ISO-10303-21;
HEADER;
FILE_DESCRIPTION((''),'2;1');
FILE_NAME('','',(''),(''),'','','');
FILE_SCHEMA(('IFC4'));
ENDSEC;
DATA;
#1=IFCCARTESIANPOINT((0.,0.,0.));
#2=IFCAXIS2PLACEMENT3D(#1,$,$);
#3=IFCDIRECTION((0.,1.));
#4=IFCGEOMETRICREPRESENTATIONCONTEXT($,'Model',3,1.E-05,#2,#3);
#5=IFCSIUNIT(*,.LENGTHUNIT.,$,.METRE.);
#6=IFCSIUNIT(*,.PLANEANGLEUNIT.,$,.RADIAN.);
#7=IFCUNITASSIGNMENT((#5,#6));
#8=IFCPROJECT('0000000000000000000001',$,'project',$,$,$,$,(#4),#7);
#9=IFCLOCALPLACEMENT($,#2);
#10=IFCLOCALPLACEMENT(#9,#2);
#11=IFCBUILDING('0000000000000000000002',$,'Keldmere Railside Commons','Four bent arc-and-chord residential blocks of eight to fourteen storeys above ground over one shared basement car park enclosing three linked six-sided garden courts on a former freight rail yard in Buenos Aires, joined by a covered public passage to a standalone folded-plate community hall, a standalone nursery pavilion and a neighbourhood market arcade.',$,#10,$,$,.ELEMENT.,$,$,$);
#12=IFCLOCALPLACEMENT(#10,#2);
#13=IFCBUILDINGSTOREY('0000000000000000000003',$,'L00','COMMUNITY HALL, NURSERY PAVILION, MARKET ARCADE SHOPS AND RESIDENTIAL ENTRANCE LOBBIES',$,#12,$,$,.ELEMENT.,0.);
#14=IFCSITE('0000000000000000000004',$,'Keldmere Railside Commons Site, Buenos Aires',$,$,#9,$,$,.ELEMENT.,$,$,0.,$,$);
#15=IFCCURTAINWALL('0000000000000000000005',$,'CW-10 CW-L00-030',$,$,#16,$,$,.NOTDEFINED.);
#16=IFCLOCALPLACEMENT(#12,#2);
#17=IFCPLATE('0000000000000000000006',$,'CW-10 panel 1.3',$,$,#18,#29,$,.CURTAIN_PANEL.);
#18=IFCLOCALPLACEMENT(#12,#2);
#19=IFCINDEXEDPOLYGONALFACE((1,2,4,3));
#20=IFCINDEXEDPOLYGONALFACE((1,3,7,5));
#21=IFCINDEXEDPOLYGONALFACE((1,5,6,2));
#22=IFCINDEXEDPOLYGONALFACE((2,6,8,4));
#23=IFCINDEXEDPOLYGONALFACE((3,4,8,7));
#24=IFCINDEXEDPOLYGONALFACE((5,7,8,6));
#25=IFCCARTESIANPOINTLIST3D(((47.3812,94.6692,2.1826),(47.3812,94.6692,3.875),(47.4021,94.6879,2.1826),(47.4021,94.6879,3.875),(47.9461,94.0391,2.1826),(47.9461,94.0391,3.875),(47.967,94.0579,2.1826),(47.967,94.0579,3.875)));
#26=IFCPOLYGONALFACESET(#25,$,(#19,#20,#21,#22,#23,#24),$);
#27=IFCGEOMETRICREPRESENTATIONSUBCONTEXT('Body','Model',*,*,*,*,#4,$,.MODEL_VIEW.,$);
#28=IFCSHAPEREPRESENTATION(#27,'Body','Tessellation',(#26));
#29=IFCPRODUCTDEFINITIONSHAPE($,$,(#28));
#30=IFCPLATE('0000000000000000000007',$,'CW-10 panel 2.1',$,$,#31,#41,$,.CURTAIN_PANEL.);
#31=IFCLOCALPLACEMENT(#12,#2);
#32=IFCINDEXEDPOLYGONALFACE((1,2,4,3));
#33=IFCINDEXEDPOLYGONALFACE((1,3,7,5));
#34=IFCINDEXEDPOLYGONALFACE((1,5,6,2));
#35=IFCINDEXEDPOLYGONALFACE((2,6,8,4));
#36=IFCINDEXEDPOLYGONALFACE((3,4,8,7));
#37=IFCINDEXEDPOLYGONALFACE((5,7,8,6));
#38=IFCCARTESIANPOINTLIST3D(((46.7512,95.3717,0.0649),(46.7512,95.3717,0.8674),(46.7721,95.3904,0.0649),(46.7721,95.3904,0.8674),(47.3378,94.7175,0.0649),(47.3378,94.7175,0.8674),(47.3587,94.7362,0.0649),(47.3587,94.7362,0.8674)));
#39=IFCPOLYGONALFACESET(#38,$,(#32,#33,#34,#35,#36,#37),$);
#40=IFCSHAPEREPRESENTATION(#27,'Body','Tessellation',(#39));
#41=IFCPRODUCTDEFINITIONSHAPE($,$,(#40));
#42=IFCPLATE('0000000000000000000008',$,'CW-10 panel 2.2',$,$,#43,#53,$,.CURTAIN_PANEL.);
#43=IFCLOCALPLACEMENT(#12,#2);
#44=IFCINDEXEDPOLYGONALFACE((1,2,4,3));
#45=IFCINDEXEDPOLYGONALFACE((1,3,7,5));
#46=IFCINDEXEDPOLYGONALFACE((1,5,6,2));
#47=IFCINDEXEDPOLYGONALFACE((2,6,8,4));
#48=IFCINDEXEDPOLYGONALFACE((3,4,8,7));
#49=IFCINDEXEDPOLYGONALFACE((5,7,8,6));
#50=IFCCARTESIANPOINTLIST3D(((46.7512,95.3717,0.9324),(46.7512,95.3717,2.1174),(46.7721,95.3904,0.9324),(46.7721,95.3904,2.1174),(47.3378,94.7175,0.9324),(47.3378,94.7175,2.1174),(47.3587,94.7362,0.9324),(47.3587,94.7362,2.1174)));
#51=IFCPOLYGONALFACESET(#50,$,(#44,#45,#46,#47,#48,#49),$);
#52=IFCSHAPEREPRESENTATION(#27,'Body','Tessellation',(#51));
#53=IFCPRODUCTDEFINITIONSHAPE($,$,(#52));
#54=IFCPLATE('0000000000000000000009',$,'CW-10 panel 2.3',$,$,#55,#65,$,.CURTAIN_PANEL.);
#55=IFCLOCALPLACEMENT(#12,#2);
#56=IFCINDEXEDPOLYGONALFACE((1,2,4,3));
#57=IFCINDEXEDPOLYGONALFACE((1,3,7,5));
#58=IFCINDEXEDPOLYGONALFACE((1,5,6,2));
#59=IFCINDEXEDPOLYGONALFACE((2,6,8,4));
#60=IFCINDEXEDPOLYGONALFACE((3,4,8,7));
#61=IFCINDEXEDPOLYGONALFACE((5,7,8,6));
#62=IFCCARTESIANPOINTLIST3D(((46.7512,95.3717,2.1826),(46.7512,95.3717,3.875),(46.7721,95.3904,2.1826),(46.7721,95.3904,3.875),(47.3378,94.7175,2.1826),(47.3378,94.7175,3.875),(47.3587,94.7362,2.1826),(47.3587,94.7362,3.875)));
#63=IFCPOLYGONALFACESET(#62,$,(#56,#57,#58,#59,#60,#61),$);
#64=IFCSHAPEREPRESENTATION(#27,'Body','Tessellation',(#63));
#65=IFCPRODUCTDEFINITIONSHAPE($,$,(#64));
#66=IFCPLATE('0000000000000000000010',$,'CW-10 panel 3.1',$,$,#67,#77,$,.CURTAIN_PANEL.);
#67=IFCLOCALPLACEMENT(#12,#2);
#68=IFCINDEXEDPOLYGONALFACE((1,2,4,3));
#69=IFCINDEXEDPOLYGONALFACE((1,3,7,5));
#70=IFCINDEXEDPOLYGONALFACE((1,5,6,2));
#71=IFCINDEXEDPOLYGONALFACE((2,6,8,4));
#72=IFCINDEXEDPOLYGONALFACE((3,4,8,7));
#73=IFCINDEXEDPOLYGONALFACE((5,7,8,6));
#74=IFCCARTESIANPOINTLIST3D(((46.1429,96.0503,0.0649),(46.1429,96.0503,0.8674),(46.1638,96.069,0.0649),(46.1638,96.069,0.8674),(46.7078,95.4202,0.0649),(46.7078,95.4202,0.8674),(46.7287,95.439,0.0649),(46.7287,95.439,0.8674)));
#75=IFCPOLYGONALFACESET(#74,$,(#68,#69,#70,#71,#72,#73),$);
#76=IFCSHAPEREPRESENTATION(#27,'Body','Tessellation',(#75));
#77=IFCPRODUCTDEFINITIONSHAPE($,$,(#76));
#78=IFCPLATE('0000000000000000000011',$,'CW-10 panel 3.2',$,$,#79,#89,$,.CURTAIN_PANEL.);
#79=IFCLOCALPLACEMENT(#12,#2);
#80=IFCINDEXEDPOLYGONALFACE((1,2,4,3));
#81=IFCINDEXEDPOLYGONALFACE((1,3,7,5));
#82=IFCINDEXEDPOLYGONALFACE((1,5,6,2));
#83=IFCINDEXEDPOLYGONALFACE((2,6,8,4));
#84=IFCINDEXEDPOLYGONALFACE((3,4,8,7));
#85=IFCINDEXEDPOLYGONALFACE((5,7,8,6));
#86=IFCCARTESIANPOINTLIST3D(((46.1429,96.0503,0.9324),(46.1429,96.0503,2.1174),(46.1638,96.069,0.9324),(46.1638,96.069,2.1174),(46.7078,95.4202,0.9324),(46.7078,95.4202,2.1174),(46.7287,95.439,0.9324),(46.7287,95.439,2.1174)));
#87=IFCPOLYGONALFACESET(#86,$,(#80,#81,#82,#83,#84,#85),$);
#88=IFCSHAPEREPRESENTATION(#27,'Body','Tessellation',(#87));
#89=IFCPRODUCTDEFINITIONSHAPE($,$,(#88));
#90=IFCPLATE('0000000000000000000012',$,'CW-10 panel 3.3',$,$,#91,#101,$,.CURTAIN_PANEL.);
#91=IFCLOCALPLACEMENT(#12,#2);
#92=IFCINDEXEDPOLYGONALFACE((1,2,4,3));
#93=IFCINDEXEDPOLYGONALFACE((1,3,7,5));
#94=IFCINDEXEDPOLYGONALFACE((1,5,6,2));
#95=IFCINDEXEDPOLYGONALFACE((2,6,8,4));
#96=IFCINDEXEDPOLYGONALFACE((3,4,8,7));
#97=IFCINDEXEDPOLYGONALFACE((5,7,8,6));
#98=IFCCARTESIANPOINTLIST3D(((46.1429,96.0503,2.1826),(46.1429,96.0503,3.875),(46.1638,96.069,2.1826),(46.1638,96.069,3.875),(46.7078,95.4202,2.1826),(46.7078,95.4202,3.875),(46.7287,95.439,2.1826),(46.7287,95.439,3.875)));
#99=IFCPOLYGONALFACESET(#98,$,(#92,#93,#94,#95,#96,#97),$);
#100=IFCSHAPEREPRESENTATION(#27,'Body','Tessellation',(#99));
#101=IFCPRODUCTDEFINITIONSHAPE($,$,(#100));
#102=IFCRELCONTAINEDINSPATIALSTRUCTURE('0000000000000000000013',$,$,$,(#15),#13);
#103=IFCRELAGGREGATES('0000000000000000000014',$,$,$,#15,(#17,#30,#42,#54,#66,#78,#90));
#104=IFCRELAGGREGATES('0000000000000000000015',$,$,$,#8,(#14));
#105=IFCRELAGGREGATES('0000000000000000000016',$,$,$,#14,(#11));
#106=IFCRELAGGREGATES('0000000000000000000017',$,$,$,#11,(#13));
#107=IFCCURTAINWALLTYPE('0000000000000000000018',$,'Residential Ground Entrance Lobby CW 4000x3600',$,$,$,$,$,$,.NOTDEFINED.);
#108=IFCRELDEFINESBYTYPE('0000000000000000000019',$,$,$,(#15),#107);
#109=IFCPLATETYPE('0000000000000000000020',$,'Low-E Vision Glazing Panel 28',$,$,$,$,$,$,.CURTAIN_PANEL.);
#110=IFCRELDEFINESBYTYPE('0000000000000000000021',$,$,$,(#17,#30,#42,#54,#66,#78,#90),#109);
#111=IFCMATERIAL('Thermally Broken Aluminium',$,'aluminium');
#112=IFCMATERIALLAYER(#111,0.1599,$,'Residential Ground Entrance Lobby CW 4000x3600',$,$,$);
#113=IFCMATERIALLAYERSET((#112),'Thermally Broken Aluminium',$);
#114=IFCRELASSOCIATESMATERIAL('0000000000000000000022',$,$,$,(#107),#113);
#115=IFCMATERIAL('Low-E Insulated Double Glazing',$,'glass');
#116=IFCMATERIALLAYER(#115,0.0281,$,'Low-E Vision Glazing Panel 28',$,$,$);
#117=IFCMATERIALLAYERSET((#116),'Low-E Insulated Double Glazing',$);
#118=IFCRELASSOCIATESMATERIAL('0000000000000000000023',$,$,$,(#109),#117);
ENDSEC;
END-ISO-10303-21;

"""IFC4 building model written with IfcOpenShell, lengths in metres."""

from ifc_helpers import new_model, si_unit, direction, frame, origin, origin_2d, place, context, subcontext, project, spatial, rectangle, extrude, material, layer, layer_set, type_object, element, aggregate, save


model = new_model("IFC4")

# Units and contexts
model_context = context("Model", 3, precision=1e-05, world=origin(), true_north=direction((0.0, 1.0)))
body_context = subcontext(model_context, "Body", "Model", "MODEL_VIEW")
ifc_project = project(units=[si_unit("LENGTHUNIT", "METRE"), si_unit("PLANEANGLEUNIT", "RADIAN")], contexts=[model_context])

# Site, building, storey
site_placement = place(None, origin())
site = spatial("IfcSite", under=ifc_project, at=site_placement, Name="Keldmere Railside Commons Site, Buenos Aires", CompositionType="ELEMENT", RefElevation=0.0)
building_placement = place(site_placement, origin())
building = spatial("IfcBuilding", under=site, at=building_placement, Name="Keldmere Railside Commons", Description="Four bent arc-and-chord residential blocks of eight to fourteen storeys above ground over one shared basement car park enclosing three linked six-sided garden courts on a former freight rail yard in Buenos Aires, joined by a covered public passage to a standalone folded-plate community hall, a standalone nursery pavilion and a neighbourhood market arcade.", CompositionType="ELEMENT")
storey_placement = place(building_placement, origin())
storey = spatial("IfcBuildingStorey", under=building, at=storey_placement, Name="L00", Description="COMMUNITY HALL, NURSERY PAVILION, MARKET ARCADE SHOPS AND RESIDENTIAL ENTRANCE LOBBIES", CompositionType="ELEMENT", Elevation=0.0)

# Shared definitions
ifc_material_1 = material(Name="Thermally Broken Aluminium", Category="aluminium")

# Curtain wall, plates
ifc_layer_1 = layer(ifc_material_1, 0.1599, Name="Residential Ground Entrance Lobby CW 4000x3600")
ifc_layer_set_1 = layer_set([ifc_layer_1], Name="Thermally Broken Aluminium")
curtain_wall_type_1 = type_object("IfcCurtainWallType", Name="Residential Ground Entrance Lobby CW 4000x3600", PredefinedType="NOTDEFINED", material=ifc_layer_set_1)
curtain_wall_1_placement = place(storey_placement, origin())
curtain_wall_1 = element("IfcCurtainWall", 1, at=curtain_wall_1_placement, inside=storey, type_object=curtain_wall_type_1, Name="CW-10 CW-L00-030", PredefinedType="NOTDEFINED")
ifc_material_2 = material(Name="Low-E Insulated Double Glazing", Category="glass")
ifc_layer_2 = layer(ifc_material_2, 0.0281, Name="Low-E Vision Glazing Panel 28")
ifc_layer_set_2 = layer_set([ifc_layer_2], Name="Low-E Insulated Double Glazing")
plate_type = type_object("IfcPlateType", Name="Low-E Vision Glazing Panel 28", PredefinedType="CURTAIN_PANEL", material=ifc_layer_set_2)
plate_1_placement = place(storey_placement, frame((47.6741, 94.3635, 2.1826), z_axis=(0.0, 0.0, 1.0), x_axis=(-0.667559, 0.744557, 0.0)))
plate_1 = element("IfcPlate", 2, at=plate_1_placement, type_object=plate_type, Name="CW-10 panel 1.3", PredefinedType="CURTAIN_PANEL", context=body_context, shape_type="SweptSolid", body=[
    extrude(rectangle(XDim=0.8462, YDim=0.0281, at=origin_2d()), origin(), (0.0, 0.0, 1.0), 1.6924),
])
plate_2_placement = place(storey_placement, frame((47.0549, 95.054, 0.0649), z_axis=(0.0, 0.0, 1.0), x_axis=(-0.667559, 0.744557, 0.0)))
plate_2 = element("IfcPlate", 3, at=plate_2_placement, type_object=plate_type, Name="CW-10 panel 2.1", PredefinedType="CURTAIN_PANEL", context=body_context, shape_type="SweptSolid", body=[
    extrude(rectangle(XDim=0.8787, YDim=0.0281, at=origin_2d()), origin(), (0.0, 0.0, 1.0), 0.8025),
])
plate_3_placement = place(storey_placement, frame((47.0549, 95.054, 0.9324), z_axis=(0.0, 0.0, 1.0), x_axis=(-0.667559, 0.744557, 0.0)))
plate_3 = element("IfcPlate", 4, at=plate_3_placement, type_object=plate_type, Name="CW-10 panel 2.2", PredefinedType="CURTAIN_PANEL", context=body_context, shape_type="SweptSolid", body=[
    extrude(rectangle(XDim=0.8787, YDim=0.0281, at=origin_2d()), origin(), (0.0, 0.0, 1.0), 1.1851),
])
plate_4_placement = place(storey_placement, frame((47.0549, 95.054, 2.1826), z_axis=(0.0, 0.0, 1.0), x_axis=(-0.667559, 0.744557, 0.0)))
plate_4 = element("IfcPlate", 5, at=plate_4_placement, type_object=plate_type, Name="CW-10 panel 2.3", PredefinedType="CURTAIN_PANEL", context=body_context, shape_type="SweptSolid", body=[
    extrude(rectangle(XDim=0.8787, YDim=0.0281, at=origin_2d()), origin(), (0.0, 0.0, 1.0), 1.6924),
])
plate_5_placement = place(storey_placement, frame((46.4358, 95.7446, 0.0649), z_axis=(0.0, 0.0, 1.0), x_axis=(-0.667559, 0.744557, 0.0)))
plate_5 = element("IfcPlate", 6, at=plate_5_placement, type_object=plate_type, Name="CW-10 panel 3.1", PredefinedType="CURTAIN_PANEL", context=body_context, shape_type="SweptSolid", body=[
    extrude(rectangle(XDim=0.8462, YDim=0.0281, at=origin_2d()), origin(), (0.0, 0.0, 1.0), 0.8025),
])
plate_6_placement = place(storey_placement, frame((46.4358, 95.7446, 0.9324), z_axis=(0.0, 0.0, 1.0), x_axis=(-0.667559, 0.744557, 0.0)))
plate_6 = element("IfcPlate", 7, at=plate_6_placement, type_object=plate_type, Name="CW-10 panel 3.2", PredefinedType="CURTAIN_PANEL", context=body_context, shape_type="SweptSolid", body=[
    extrude(rectangle(XDim=0.8462, YDim=0.0281, at=origin_2d()), origin(), (0.0, 0.0, 1.0), 1.1851),
])
plate_7_placement = place(storey_placement, frame((46.4358, 95.7446, 2.1826), z_axis=(0.0, 0.0, 1.0), x_axis=(-0.667559, 0.744557, 0.0)))
plate_7 = element("IfcPlate", 8, at=plate_7_placement, type_object=plate_type, Name="CW-10 panel 3.3", PredefinedType="CURTAIN_PANEL", context=body_context, shape_type="SweptSolid", body=[
    extrude(rectangle(XDim=0.8462, YDim=0.0281, at=origin_2d()), origin(), (0.0, 0.0, 1.0), 1.6924),
])
aggregate(curtain_wall_1, [plate_1, plate_2, plate_3, plate_4, plate_5, plate_6, plate_7])

save(model, "model.ifc")
